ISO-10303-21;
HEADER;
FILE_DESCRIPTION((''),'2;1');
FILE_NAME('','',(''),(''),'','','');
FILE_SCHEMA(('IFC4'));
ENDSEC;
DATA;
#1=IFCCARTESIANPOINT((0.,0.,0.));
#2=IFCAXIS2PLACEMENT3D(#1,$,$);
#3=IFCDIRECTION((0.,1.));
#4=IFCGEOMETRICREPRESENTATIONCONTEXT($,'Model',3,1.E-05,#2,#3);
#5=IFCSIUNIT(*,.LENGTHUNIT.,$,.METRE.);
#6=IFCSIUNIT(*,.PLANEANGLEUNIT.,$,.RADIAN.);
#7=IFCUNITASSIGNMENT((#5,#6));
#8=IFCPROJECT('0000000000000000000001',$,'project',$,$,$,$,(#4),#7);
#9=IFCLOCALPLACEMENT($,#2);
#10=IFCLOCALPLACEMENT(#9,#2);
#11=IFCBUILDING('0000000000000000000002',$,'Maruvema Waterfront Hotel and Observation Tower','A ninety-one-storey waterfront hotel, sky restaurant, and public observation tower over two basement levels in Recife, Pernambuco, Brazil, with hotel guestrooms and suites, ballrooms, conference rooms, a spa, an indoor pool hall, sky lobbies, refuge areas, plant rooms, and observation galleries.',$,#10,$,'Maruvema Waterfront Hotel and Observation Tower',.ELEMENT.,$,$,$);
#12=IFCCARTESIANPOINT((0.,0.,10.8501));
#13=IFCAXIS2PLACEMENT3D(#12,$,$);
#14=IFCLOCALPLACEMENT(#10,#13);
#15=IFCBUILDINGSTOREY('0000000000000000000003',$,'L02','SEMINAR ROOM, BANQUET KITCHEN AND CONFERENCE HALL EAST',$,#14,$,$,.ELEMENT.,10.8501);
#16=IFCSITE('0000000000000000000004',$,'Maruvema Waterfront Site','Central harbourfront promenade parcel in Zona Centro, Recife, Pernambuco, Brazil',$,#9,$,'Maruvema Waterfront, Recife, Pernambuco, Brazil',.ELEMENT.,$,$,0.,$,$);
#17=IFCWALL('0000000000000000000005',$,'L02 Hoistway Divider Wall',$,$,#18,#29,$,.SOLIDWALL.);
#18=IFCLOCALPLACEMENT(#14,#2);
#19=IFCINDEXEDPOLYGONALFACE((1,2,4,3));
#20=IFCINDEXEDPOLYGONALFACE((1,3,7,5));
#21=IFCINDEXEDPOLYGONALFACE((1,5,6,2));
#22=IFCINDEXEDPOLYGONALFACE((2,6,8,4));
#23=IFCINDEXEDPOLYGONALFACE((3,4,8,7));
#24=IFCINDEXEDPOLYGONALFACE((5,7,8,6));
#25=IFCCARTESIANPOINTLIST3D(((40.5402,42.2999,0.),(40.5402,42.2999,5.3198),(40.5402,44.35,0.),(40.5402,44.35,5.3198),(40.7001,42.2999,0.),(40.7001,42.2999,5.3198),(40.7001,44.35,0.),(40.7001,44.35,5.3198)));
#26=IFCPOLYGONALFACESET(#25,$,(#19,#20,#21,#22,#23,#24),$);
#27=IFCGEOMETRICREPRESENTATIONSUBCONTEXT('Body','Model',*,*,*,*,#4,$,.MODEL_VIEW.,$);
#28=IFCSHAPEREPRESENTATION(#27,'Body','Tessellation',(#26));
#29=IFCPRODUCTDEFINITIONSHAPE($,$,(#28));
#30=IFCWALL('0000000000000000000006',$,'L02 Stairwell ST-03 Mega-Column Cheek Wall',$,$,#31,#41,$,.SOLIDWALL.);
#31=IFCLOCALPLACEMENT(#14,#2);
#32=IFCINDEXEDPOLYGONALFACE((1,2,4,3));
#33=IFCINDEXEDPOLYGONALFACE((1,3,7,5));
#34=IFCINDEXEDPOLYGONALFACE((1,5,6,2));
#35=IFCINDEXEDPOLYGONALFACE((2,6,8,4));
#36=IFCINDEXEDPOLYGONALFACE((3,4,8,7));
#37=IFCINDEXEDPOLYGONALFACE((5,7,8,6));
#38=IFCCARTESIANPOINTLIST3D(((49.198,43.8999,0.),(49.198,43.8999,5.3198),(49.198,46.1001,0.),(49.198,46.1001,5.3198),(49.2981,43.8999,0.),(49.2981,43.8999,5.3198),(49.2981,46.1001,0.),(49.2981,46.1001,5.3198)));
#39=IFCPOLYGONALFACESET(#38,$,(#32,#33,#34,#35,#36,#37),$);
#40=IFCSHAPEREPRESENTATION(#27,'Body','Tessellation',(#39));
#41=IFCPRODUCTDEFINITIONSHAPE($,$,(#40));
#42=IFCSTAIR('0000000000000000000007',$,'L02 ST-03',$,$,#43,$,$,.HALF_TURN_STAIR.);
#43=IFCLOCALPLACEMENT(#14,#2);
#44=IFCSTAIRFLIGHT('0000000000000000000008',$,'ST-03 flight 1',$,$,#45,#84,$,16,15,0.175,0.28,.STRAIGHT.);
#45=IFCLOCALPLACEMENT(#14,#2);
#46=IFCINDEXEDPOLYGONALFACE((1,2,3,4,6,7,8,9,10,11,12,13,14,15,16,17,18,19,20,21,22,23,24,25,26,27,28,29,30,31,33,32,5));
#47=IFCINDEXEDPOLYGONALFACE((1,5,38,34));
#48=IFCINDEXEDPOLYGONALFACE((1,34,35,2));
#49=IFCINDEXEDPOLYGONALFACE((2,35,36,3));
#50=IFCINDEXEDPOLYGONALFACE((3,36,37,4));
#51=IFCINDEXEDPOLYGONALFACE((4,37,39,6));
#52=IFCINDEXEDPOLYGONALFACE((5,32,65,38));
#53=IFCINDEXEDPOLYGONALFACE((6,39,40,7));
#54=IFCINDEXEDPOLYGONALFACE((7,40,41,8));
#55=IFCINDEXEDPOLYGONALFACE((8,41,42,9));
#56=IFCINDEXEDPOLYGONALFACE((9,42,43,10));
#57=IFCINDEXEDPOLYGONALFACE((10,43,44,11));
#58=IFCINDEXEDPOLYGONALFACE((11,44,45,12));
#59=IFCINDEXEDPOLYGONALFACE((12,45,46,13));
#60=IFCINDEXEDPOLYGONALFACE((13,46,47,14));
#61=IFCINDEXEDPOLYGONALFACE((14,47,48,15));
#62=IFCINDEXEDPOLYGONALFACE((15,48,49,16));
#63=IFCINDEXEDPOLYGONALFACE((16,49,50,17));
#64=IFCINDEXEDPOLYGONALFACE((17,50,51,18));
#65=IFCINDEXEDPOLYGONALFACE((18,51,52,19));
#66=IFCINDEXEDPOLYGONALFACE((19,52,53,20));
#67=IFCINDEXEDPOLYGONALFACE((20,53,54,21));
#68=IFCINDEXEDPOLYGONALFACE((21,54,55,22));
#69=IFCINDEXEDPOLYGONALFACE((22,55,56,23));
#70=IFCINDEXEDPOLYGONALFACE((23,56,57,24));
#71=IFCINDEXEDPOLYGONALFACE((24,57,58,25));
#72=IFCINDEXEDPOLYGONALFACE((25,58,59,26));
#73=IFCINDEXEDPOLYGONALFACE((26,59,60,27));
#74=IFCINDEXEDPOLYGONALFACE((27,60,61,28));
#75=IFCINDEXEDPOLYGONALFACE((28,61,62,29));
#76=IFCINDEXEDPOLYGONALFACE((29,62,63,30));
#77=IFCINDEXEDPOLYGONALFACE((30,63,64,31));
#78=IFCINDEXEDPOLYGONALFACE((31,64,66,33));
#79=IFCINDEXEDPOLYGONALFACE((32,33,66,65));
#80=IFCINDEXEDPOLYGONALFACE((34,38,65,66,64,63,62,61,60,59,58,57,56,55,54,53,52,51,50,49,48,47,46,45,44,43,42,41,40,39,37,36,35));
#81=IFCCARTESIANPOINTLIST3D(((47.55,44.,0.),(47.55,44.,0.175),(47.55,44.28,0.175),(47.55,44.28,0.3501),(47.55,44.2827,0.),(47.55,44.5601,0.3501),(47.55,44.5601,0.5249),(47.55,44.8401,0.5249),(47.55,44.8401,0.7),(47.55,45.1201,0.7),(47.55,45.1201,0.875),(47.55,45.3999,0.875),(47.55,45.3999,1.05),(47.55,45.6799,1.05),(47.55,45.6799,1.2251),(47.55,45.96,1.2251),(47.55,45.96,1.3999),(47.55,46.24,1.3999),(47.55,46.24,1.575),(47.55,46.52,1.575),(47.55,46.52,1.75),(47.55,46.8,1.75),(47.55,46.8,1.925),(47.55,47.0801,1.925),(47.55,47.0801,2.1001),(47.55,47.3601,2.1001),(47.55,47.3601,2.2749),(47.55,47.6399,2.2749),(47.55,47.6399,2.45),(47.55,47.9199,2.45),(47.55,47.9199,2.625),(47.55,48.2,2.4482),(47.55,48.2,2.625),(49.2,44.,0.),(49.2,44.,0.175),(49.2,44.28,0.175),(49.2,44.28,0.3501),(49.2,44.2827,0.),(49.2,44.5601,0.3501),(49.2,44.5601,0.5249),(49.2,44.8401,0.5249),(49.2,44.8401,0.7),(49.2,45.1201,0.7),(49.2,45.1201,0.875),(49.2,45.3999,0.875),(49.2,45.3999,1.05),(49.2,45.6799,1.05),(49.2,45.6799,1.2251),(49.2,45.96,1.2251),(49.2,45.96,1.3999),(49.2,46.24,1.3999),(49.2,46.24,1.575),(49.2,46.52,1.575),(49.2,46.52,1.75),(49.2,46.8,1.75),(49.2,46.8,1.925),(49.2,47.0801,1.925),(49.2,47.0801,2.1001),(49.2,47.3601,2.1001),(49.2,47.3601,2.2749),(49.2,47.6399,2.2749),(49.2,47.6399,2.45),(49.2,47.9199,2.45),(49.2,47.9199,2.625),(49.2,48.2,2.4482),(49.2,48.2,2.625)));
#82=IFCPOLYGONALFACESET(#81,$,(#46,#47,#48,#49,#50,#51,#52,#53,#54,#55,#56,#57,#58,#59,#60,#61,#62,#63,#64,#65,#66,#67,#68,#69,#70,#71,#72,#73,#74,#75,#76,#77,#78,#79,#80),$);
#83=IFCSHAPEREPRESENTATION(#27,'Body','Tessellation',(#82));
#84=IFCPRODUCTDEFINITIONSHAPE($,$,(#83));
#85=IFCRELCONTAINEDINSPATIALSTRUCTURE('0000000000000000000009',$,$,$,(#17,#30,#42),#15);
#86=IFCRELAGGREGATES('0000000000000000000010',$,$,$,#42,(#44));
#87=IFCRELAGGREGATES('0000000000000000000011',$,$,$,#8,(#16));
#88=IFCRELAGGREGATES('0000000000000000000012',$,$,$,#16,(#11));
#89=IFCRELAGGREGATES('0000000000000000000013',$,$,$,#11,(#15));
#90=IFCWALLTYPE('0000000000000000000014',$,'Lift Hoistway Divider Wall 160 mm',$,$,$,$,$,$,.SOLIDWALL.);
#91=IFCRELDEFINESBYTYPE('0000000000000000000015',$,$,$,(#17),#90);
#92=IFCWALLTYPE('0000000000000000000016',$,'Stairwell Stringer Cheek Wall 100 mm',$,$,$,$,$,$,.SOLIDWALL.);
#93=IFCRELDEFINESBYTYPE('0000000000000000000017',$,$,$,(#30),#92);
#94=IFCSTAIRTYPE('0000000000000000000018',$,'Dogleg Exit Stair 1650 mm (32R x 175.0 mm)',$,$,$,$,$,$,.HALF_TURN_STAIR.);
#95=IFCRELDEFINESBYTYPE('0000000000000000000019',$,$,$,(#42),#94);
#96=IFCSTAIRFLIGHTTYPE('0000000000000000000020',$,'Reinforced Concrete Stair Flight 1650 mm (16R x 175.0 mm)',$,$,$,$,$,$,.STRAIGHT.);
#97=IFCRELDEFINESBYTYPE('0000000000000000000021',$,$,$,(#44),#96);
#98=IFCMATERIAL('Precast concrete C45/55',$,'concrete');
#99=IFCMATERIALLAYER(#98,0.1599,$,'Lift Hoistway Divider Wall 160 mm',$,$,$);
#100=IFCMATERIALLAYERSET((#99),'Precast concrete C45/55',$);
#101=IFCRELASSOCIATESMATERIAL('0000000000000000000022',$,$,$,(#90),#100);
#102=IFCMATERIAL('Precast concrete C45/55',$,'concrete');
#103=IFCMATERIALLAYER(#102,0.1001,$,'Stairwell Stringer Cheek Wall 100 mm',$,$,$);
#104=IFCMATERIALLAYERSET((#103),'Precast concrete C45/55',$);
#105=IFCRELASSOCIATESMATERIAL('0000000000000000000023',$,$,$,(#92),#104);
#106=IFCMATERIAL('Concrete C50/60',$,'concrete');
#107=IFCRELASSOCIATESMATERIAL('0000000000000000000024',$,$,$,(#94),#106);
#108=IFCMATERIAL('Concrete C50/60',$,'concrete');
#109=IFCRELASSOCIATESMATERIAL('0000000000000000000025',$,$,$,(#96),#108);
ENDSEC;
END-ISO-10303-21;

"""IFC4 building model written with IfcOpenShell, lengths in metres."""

from ifc_helpers import new_model, si_unit, direction, frame, frame_2d, origin, place, context, subcontext, project, spatial, polyline, rectangle, outline, extrude, material, layer, layer_set, type_object, element, aggregate, save


model = new_model("IFC4")

# Units and contexts
model_context = context("Model", 3, precision=1e-05, world=origin(), true_north=direction((0.0, 1.0)))
body_context = subcontext(model_context, "Body", "Model", "MODEL_VIEW")
ifc_project = project(units=[si_unit("LENGTHUNIT", "METRE"), si_unit("PLANEANGLEUNIT", "RADIAN")], contexts=[model_context])

# Site, building, storey
site_placement = place(None, origin())
site = spatial("IfcSite", under=ifc_project, at=site_placement, Name="Maruvema Waterfront Site", Description="Central harbourfront promenade parcel in Zona Centro, Recife, Pernambuco, Brazil", LongName="Maruvema Waterfront, Recife, Pernambuco, Brazil", CompositionType="ELEMENT", RefElevation=0.0)
building_placement = place(site_placement, origin())
building = spatial("IfcBuilding", under=site, at=building_placement, Name="Maruvema Waterfront Hotel and Observation Tower", Description="A ninety-one-storey waterfront hotel, sky restaurant, and public observation tower over two basement levels in Recife, Pernambuco, Brazil, with hotel guestrooms and suites, ballrooms, conference rooms, a spa, an indoor pool hall, sky lobbies, refuge areas, plant rooms, and observation galleries.", LongName="Maruvema Waterfront Hotel and Observation Tower", CompositionType="ELEMENT")
storey_placement = place(building_placement, frame((0.0, 0.0, 10.8501)))
storey = spatial("IfcBuildingStorey", under=building, at=storey_placement, Name="L02", Description="SEMINAR ROOM, BANQUET KITCHEN AND CONFERENCE HALL EAST", CompositionType="ELEMENT", Elevation=10.8501)

# Walls
ifc_material_1 = material(Name="Precast concrete C45/55", Category="concrete")
ifc_layer_1 = layer(ifc_material_1, 0.1599, Name="Lift Hoistway Divider Wall 160 mm")
ifc_layer_set_1 = layer_set([ifc_layer_1], Name="Precast concrete C45/55")
wall_type_1 = type_object("IfcWallType", Name="Lift Hoistway Divider Wall 160 mm", PredefinedType="SOLIDWALL", material=ifc_layer_set_1)
for number, where, z_axis, x_axis, name in (
    (1, (40.6201, 42.3, 0.0), (0.0, 0.0, 1.0), (0.0, 1.0, 0.0), "L02 Hoistway Divider Wall"),
):
    element("IfcWall", number, at=place(storey_placement, frame(where, z_axis=z_axis, x_axis=x_axis)), inside=storey, type_object=wall_type_1, Name=name, PredefinedType="SOLIDWALL", context=body_context, shape_type="SweptSolid", body=[
        extrude(rectangle(XDim=2.05, YDim=0.1599, at=frame_2d((1.0249, 0.0))), origin(), (0.0, 0.0, 1.0), 5.3198),
    ])
ifc_material_2 = material(Name="Precast concrete C45/55", Category="concrete")
ifc_layer_2 = layer(ifc_material_2, 0.1001, Name="Stairwell Stringer Cheek Wall 100 mm")
ifc_layer_set_2 = layer_set([ifc_layer_2], Name="Precast concrete C45/55")
wall_type_2 = type_object("IfcWallType", Name="Stairwell Stringer Cheek Wall 100 mm", PredefinedType="SOLIDWALL", material=ifc_layer_set_2)
wall_1_placement = place(storey_placement, frame((49.248, 43.8999, 0.0), z_axis=(0.0, 0.0, 1.0), x_axis=(0.0, 1.0, 0.0)))
element("IfcWall", 2, at=wall_1_placement, inside=storey, type_object=wall_type_2, Name="L02 Stairwell ST-03 Mega-Column Cheek Wall", PredefinedType="SOLIDWALL", context=body_context, shape_type="SweptSolid", body=[
    extrude(rectangle(XDim=2.2002, YDim=0.1001, at=frame_2d((1.1001, 0.0))), origin(), (0.0, 0.0, 1.0), 5.3198),
])

# Stair, stair flight
ifc_material_3 = material(Name="Concrete C50/60", Category="concrete")
stair_type = type_object("IfcStairType", Name="Dogleg Exit Stair 1650 mm (32R x 175.0 mm)", PredefinedType="HALF_TURN_STAIR", material=ifc_material_3)
stair_placement = place(storey_placement, origin())
stair = element("IfcStair", 3, at=stair_placement, inside=storey, type_object=stair_type, Name="L02 ST-03", PredefinedType="HALF_TURN_STAIR")
ifc_material_4 = material(Name="Concrete C50/60", Category="concrete")
stair_flight_type = type_object("IfcStairFlightType", Name="Reinforced Concrete Stair Flight 1650 mm (16R x 175.0 mm)", PredefinedType="STRAIGHT", material=ifc_material_4)
stair_flight_placement = place(storey_placement, frame((48.375, 44.0, 0.0), z_axis=(0.0, 0.0, 1.0), x_axis=(0.0, 1.0, 0.0)))
stair_flight = element("IfcStairFlight", 4, at=stair_flight_placement, type_object=stair_flight_type, Name="ST-03 flight 1", NumberOfRisers=16, NumberOfTreads=15, PredefinedType="STRAIGHT", RiserHeight=0.175, TreadLength=0.28, context=body_context, shape_type="SweptSolid", body=[
    extrude(outline(polyline([(0.0, 0.0), (0.0, 0.175), (0.28, 0.175), (0.28, 0.3501), (0.5601, 0.3501), (0.5601, 0.5249), (0.8401, 0.5249), (0.8401, 0.7), (1.1201, 0.7), (1.1201, 0.875), (1.3999, 0.875), (1.3999, 1.05), (1.6799, 1.05), (1.6799, 1.2251), (1.96, 1.2251), (1.96, 1.3999), (2.24, 1.3999), (2.24, 1.575), (2.52, 1.575), (2.52, 1.75), (2.8, 1.75), (2.8, 1.925), (3.0801, 1.925), (3.0801, 2.1001), (3.3601, 2.1001), (3.3601, 2.2749), (3.6399, 2.2749), (3.6399, 2.45), (3.9199, 2.45), (3.9199, 2.625), (4.2, 2.625), (4.2, 2.8), (4.2, 2.4482), (0.2827, 0.0), (0.0, 0.0)])), frame((0.0, 0.825, 0.0), z_axis=(0.0, -1.0, 0.0), x_axis=(1.0, 0.0, 0.0)), (0.0, 0.0, 1.0), 1.6499),
])
aggregate(stair, [stair_flight])

save(model, "model.ifc")
